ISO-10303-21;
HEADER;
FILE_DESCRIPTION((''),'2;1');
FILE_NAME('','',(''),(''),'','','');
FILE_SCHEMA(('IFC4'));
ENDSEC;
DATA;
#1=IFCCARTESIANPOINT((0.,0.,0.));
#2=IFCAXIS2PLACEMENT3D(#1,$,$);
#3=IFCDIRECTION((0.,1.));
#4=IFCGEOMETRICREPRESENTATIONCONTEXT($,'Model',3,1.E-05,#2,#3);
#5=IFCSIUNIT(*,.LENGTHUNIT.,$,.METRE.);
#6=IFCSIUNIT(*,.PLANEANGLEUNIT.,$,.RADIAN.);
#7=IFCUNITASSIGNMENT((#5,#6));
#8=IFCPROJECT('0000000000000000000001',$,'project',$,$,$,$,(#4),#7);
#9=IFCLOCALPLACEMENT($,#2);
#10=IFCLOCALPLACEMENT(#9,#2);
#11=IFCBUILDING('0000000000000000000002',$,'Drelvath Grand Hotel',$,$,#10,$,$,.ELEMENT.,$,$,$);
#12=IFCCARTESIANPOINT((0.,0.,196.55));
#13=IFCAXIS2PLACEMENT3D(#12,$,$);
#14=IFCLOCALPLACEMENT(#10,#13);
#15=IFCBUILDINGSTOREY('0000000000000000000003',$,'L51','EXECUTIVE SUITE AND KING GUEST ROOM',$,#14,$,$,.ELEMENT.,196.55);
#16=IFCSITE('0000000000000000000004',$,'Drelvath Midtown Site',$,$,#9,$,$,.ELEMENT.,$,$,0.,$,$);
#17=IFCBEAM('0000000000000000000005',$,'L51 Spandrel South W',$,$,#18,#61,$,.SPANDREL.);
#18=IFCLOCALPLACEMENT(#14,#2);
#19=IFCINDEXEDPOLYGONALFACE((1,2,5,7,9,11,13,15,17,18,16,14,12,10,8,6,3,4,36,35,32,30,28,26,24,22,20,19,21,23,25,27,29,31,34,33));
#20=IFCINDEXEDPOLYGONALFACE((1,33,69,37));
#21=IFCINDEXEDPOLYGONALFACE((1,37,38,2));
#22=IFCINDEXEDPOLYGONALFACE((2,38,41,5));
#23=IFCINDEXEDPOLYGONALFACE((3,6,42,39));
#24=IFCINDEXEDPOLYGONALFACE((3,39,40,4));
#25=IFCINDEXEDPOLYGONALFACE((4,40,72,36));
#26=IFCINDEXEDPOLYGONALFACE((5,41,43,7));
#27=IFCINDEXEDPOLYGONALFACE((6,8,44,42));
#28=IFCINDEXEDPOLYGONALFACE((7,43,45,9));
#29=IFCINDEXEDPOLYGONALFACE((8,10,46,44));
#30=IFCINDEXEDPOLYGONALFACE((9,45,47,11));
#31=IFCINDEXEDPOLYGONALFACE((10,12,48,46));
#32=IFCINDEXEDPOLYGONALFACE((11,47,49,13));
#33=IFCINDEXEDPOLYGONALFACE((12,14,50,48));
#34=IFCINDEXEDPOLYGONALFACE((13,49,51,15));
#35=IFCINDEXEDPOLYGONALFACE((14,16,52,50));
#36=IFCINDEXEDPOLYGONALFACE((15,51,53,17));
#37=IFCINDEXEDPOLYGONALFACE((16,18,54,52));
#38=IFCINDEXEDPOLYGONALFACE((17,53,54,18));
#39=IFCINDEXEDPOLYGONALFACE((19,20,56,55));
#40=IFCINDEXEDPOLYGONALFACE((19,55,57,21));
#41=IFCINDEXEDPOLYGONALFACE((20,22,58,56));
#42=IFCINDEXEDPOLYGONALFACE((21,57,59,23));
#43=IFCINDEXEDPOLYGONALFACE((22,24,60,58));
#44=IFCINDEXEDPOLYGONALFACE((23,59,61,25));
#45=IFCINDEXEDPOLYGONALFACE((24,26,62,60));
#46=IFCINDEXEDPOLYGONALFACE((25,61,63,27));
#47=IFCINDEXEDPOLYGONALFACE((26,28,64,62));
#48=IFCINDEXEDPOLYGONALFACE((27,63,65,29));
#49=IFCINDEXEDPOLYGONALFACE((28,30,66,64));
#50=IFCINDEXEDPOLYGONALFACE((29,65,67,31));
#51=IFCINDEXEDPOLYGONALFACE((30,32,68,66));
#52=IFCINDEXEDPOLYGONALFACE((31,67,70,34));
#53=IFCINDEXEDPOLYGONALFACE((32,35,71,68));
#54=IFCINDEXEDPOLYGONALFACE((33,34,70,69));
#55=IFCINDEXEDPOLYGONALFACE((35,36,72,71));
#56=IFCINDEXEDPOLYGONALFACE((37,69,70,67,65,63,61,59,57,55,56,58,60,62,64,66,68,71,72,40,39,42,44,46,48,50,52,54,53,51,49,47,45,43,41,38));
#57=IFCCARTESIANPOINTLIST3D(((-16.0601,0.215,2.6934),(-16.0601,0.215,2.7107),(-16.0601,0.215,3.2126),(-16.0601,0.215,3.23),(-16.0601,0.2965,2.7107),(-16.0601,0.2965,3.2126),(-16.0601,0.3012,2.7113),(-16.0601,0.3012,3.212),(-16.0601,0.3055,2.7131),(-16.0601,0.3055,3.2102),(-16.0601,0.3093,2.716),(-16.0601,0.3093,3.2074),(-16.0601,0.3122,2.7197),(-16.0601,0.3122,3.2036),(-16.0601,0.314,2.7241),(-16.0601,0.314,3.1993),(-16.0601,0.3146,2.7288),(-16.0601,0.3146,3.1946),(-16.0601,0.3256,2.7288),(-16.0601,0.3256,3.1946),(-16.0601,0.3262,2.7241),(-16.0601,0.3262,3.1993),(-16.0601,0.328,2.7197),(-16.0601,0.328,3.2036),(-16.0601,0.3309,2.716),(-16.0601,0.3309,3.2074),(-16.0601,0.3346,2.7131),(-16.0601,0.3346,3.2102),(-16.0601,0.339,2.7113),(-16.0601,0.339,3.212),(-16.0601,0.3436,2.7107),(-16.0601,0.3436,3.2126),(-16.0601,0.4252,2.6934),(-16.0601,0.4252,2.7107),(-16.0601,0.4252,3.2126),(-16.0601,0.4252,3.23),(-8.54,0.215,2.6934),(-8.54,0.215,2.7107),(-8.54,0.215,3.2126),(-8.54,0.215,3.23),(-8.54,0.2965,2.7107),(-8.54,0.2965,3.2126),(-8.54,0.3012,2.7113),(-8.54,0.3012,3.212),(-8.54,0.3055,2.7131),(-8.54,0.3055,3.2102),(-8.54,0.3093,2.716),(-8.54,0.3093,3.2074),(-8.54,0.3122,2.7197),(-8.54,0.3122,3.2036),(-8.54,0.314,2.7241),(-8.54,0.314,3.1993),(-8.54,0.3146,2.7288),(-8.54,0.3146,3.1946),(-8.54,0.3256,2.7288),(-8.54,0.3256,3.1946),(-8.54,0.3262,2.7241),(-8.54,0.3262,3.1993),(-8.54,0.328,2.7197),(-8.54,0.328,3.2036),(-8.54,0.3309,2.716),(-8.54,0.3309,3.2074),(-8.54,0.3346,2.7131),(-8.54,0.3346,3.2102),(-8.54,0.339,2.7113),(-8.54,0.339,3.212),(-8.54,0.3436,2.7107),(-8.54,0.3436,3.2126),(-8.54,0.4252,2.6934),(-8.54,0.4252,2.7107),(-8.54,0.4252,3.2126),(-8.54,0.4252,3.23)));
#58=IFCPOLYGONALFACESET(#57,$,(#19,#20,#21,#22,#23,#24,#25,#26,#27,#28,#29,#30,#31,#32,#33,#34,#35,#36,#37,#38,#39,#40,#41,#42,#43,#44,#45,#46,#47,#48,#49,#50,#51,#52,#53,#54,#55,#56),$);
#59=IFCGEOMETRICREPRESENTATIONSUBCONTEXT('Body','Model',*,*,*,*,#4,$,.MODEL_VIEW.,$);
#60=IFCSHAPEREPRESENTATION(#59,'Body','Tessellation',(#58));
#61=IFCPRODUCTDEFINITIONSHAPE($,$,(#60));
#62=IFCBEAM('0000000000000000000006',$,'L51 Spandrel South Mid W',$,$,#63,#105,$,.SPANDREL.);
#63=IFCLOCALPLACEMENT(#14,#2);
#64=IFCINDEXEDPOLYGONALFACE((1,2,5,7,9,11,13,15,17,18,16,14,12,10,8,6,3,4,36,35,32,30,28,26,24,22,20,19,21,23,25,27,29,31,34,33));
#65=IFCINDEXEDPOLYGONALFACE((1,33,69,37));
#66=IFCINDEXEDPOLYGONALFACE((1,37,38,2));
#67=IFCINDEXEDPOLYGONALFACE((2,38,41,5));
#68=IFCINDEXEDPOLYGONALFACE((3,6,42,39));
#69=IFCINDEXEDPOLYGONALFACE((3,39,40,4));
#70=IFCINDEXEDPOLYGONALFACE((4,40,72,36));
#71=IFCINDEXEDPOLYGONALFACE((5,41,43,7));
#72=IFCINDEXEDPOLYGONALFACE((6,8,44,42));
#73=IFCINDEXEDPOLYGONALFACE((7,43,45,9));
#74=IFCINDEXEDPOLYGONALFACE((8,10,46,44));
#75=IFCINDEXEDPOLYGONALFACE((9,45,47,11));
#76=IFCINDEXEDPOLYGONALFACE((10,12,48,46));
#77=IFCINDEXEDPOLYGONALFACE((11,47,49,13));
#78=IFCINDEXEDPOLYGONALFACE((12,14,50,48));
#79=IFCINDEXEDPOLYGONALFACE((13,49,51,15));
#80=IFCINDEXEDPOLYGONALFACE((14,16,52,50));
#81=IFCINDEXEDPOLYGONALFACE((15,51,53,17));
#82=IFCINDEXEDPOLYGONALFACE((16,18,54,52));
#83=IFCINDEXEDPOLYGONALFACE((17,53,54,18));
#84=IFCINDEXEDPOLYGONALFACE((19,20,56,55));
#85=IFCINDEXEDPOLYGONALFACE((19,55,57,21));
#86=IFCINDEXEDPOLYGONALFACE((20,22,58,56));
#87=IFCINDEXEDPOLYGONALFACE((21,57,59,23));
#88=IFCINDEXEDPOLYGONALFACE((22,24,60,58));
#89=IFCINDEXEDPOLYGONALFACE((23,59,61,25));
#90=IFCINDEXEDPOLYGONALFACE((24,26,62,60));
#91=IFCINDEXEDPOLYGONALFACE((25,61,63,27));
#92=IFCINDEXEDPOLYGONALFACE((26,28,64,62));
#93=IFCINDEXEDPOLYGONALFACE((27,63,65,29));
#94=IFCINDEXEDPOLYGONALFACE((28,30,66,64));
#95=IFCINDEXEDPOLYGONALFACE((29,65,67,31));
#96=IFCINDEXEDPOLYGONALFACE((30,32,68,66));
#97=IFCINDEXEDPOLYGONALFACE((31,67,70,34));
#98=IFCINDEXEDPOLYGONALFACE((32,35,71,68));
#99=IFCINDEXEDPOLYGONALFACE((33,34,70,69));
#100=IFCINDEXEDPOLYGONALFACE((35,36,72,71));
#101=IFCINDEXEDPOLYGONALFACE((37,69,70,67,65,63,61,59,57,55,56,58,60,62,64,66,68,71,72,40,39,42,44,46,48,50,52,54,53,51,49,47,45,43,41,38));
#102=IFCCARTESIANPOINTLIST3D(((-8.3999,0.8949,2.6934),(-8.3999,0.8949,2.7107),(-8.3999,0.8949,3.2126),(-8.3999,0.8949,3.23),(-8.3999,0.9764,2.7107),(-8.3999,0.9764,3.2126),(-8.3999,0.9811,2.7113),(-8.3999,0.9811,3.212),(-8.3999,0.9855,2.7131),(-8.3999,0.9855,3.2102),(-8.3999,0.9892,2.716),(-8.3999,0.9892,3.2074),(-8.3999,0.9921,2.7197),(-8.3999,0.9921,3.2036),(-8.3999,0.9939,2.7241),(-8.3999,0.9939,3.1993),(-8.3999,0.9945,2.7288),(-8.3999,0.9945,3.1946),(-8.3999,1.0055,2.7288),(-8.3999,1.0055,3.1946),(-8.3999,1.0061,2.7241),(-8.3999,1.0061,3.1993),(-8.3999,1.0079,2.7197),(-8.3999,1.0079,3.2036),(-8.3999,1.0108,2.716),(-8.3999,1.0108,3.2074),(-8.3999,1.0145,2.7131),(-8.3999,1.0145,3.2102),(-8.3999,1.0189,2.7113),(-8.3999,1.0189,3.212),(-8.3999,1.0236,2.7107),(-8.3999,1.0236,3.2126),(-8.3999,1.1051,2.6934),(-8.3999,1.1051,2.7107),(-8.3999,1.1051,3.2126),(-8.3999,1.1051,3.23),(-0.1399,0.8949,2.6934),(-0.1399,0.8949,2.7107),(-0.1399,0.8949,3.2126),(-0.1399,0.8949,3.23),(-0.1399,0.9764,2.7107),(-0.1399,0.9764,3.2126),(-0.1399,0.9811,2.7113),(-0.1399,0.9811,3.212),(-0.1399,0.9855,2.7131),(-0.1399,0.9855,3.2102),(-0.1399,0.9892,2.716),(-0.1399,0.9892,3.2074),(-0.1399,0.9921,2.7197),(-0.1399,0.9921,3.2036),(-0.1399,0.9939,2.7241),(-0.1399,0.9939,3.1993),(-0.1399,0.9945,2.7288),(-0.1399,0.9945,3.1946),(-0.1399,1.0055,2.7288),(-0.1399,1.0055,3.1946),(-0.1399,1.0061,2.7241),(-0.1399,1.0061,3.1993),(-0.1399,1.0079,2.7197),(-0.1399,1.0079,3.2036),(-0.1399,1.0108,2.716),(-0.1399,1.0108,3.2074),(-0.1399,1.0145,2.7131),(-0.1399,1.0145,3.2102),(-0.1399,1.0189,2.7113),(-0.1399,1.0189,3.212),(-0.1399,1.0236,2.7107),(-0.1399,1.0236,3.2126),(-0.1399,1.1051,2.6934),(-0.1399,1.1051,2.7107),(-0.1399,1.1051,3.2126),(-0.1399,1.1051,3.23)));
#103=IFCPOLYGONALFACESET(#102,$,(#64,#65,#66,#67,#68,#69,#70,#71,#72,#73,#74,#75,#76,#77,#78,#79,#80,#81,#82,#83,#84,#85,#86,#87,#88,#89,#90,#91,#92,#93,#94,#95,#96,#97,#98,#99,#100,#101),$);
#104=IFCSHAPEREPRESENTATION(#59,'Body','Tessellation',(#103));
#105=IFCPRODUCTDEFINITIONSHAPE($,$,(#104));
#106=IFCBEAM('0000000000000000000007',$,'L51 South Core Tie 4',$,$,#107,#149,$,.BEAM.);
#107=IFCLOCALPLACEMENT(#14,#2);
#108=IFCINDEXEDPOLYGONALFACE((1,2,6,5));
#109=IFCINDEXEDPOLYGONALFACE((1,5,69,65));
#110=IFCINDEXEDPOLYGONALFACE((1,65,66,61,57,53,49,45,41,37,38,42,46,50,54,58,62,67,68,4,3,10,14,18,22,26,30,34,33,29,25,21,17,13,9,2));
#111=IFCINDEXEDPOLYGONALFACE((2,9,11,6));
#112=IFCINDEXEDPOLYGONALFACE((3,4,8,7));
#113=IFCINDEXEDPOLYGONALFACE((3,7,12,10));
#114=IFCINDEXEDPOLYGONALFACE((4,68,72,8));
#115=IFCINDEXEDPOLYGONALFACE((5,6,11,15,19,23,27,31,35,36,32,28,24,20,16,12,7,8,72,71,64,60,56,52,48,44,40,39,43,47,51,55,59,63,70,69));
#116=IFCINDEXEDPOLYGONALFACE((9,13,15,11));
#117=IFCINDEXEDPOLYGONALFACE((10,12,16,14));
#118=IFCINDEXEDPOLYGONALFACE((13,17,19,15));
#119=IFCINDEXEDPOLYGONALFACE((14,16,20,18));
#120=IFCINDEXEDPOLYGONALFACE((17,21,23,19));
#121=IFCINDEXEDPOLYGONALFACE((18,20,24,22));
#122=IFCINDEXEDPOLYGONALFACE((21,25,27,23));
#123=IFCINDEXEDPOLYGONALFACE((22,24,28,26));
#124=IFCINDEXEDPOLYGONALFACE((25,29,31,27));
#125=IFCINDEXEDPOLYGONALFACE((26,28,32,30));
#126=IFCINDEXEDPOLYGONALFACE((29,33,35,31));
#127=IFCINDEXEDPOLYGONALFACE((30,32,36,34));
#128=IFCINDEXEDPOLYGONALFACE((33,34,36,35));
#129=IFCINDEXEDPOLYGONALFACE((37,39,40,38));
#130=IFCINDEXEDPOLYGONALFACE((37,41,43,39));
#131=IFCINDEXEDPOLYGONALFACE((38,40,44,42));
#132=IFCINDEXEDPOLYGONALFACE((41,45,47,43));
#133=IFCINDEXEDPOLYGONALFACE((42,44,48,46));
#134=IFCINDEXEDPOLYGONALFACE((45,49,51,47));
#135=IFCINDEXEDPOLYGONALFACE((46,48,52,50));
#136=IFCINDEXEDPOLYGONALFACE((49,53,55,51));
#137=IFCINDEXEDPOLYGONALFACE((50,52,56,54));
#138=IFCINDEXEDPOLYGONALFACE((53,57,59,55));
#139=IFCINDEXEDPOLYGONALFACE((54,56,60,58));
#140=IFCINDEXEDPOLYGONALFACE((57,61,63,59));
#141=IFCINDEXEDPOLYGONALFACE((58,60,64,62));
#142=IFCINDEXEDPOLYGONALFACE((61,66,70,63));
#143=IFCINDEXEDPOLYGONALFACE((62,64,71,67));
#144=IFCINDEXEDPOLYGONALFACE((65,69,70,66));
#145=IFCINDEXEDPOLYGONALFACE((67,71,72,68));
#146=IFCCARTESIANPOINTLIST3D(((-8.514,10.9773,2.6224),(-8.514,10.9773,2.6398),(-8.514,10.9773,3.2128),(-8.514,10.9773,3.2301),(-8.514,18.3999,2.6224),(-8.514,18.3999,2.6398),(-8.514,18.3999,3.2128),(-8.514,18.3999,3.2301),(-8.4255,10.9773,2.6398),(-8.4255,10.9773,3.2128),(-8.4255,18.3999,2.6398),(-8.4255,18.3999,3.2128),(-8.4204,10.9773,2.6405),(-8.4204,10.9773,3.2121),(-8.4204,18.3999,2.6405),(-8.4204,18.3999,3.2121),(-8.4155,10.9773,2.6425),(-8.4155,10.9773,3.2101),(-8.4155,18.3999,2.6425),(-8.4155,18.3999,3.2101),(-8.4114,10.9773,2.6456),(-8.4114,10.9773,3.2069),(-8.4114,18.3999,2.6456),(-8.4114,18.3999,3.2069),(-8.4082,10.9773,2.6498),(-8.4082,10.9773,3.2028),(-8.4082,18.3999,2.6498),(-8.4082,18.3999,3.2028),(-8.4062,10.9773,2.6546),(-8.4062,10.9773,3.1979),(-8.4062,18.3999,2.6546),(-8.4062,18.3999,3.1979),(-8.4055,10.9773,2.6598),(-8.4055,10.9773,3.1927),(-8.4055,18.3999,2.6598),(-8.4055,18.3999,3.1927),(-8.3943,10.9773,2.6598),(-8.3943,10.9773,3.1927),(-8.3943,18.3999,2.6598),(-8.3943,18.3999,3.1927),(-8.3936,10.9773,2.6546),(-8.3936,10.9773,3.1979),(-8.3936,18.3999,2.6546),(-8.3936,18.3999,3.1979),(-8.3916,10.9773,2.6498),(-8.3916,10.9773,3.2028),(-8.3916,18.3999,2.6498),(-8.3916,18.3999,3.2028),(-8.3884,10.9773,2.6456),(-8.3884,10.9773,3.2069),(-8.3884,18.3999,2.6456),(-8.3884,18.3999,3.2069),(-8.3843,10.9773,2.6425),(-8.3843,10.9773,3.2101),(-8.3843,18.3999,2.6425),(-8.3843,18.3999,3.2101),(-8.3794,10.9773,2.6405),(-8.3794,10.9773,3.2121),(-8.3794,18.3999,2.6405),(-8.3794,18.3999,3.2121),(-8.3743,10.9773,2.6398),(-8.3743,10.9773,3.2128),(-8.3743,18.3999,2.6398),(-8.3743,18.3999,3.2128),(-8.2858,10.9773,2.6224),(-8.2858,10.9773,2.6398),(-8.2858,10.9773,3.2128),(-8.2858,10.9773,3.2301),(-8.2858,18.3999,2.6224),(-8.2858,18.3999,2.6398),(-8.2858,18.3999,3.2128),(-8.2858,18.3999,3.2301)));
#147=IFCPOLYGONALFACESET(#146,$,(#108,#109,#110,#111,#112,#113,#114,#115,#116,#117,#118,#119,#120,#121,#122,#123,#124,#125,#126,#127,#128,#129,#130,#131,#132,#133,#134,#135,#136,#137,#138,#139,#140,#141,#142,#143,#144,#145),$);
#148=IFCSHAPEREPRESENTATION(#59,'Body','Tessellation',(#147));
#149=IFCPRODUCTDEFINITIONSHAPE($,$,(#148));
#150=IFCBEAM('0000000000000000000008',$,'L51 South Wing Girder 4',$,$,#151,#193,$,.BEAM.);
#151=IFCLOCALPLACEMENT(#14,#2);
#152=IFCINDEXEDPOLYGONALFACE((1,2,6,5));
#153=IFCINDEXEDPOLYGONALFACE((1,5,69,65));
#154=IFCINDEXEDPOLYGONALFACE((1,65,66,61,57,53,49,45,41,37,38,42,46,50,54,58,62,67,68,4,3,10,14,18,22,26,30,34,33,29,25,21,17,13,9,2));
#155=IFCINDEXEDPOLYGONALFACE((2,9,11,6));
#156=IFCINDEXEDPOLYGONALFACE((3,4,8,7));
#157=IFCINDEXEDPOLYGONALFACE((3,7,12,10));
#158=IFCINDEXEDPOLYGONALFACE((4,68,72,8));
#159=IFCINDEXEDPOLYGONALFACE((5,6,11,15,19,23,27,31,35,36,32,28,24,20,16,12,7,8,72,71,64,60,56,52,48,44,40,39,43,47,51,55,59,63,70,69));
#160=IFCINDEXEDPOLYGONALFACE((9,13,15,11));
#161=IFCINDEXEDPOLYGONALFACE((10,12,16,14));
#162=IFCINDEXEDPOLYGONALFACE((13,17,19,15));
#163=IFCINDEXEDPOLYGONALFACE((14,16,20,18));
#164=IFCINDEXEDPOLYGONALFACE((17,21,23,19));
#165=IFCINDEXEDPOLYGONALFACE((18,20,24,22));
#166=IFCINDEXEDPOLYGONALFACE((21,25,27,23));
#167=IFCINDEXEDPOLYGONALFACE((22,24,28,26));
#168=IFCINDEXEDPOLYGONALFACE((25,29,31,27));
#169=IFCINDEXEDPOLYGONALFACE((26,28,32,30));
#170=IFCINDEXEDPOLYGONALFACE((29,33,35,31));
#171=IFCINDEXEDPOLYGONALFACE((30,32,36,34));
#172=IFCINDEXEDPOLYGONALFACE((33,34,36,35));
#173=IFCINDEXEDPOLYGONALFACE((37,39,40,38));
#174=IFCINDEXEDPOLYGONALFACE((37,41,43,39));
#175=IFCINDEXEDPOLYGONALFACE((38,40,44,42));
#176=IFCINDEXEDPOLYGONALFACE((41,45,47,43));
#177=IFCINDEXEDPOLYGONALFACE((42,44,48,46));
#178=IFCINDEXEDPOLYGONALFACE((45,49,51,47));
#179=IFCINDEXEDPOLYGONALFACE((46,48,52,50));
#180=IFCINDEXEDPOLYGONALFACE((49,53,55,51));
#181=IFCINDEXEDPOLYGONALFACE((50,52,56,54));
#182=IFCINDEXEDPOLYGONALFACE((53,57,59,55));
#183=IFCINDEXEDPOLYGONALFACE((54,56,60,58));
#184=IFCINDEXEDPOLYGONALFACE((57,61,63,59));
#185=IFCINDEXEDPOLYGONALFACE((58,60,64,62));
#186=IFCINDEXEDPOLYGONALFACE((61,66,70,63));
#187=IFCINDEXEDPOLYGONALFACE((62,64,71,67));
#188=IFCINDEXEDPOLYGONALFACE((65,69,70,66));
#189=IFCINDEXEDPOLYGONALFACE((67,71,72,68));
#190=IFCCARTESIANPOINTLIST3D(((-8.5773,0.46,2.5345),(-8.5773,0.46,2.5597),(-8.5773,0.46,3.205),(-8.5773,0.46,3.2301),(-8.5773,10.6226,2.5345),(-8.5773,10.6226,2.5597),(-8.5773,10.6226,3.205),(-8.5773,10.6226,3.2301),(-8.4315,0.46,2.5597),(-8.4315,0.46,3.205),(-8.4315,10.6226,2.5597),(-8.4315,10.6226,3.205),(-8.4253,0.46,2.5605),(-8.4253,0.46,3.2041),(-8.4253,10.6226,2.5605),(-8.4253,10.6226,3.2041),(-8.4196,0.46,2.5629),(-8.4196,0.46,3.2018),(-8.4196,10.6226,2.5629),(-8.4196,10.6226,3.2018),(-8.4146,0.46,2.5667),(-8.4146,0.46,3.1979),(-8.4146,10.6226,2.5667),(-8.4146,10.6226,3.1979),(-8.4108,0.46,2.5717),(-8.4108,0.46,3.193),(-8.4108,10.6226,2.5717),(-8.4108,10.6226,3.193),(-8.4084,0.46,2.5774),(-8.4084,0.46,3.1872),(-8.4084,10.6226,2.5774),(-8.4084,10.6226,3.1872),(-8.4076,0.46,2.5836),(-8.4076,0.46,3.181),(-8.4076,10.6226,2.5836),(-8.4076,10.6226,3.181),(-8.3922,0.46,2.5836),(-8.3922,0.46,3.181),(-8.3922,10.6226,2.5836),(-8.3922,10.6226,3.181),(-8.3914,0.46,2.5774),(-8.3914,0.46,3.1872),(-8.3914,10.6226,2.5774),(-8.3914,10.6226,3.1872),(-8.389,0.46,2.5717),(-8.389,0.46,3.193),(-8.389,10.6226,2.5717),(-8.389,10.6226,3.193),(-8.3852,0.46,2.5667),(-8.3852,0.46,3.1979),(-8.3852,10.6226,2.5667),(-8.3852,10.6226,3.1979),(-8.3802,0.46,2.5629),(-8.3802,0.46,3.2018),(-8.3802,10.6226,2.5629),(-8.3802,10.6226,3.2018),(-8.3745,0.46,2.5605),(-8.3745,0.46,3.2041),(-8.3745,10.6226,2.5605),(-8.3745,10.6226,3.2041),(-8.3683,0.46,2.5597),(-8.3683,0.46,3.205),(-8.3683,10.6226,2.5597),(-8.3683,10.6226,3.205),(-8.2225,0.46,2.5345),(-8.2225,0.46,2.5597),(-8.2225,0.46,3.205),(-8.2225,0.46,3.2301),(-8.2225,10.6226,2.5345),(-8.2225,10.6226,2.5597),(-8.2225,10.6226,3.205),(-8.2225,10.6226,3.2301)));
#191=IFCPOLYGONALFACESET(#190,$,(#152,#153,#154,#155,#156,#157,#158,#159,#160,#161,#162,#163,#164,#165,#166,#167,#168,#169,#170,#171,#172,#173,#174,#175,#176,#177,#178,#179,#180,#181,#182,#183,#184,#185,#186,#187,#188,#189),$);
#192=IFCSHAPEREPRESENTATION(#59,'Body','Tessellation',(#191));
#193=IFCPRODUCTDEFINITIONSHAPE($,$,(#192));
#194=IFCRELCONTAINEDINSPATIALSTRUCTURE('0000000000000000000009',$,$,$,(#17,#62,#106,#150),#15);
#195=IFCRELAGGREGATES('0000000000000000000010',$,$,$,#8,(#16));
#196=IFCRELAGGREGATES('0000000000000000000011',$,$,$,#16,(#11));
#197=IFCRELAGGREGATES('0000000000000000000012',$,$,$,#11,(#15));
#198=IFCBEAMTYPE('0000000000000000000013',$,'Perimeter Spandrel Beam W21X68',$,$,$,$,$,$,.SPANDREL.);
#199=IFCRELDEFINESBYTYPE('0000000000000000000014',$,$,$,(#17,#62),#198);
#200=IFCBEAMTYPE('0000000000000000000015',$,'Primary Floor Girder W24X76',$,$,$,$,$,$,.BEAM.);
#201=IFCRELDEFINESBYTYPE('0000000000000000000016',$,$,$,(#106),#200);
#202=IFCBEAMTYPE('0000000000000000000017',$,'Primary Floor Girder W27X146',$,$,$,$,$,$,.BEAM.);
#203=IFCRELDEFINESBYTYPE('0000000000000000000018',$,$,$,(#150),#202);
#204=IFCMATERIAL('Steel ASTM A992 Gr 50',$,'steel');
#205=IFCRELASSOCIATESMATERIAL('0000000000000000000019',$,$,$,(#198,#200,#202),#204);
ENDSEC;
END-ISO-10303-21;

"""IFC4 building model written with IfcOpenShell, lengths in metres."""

from ifc_helpers import new_model, si_unit, direction, frame, origin, origin_2d, place, context, subcontext, project, spatial, i_section, extrude, material, material_profile, profile_set, type_object, element, save


model = new_model("IFC4")

# Units and contexts
model_context = context("Model", 3, precision=1e-05, world=origin(), true_north=direction((0.0, 1.0)))
body_context = subcontext(model_context, "Body", "Model", "MODEL_VIEW")
ifc_project = project(units=[si_unit("LENGTHUNIT", "METRE"), si_unit("PLANEANGLEUNIT", "RADIAN")], contexts=[model_context])

# Site, building, storey
site_placement = place(None, origin())
site = spatial("IfcSite", under=ifc_project, at=site_placement, Name="Drelvath Midtown Site", CompositionType="ELEMENT", RefElevation=0.0)
building_placement = place(site_placement, origin())
building = spatial("IfcBuilding", under=site, at=building_placement, Name="Drelvath Grand Hotel", CompositionType="ELEMENT")
storey_placement = place(building_placement, frame((0.0, 0.0, 196.55)))
storey = spatial("IfcBuildingStorey", under=building, at=storey_placement, Name="L51", Description="EXECUTIVE SUITE AND KING GUEST ROOM", CompositionType="ELEMENT", Elevation=196.55)

# Shared definitions
ifc_material_1 = material(Name="Steel ASTM A992 Gr 50", Category="steel")

# Beams
ifc_material_profile_1 = material_profile(ifc_material_1, i_section(OverallWidth=0.2102, OverallDepth=0.5366, WebThickness=0.011, FlangeThickness=0.0173, FilletRadius=0.0181, at=origin_2d()), Name="W21X68")
ifc_profile_set_1 = profile_set([ifc_material_profile_1], Name="Steel ASTM A992 Gr 50")
beam_type_1 = type_object("IfcBeamType", Name="Perimeter Spandrel Beam W21X68", PredefinedType="SPANDREL", material=ifc_profile_set_1)
beam_1_placement = place(storey_placement, frame((-16.0601, 0.3201, 2.9617), z_axis=(1.0, 0.0, 0.0), x_axis=(0.0, 1.0, 0.0)))
element("IfcBeam", 1, at=beam_1_placement, inside=storey, type_object=beam_type_1, Name="L51 Spandrel South W", PredefinedType="SPANDREL", context=body_context, shape_type="SweptSolid", body=[
    extrude(i_section(OverallWidth=0.2102, OverallDepth=0.5366, WebThickness=0.011, FlangeThickness=0.0173, FilletRadius=0.0181, at=origin_2d()), origin(), (0.0, 0.0, 1.0), 7.52),
])
beam_2_placement = place(storey_placement, frame((-8.3999, 1.0, 2.9617), z_axis=(1.0, 0.0, 0.0), x_axis=(0.0, 1.0, 0.0)))
element("IfcBeam", 2, at=beam_2_placement, inside=storey, type_object=beam_type_1, Name="L51 Spandrel South Mid W", PredefinedType="SPANDREL", context=body_context, shape_type="SweptSolid", body=[
    extrude(i_section(OverallWidth=0.2102, OverallDepth=0.5366, WebThickness=0.011, FlangeThickness=0.0173, FilletRadius=0.0181, at=origin_2d()), origin(), (0.0, 0.0, 1.0), 8.26),
])
ifc_material_profile_2 = material_profile(ifc_material_1, i_section(OverallWidth=0.2283, OverallDepth=0.6077, WebThickness=0.0112, FlangeThickness=0.0173, FilletRadius=0.02, at=origin_2d()), Name="W24X76")
ifc_profile_set_2 = profile_set([ifc_material_profile_2], Name="Steel ASTM A992 Gr 50")
beam_type_2 = type_object("IfcBeamType", Name="Primary Floor Girder W24X76", PredefinedType="BEAM", material=ifc_profile_set_2)
beam_3_placement = place(storey_placement, frame((-8.3999, 10.9773, 2.9263), z_axis=(0.0, 1.0, 0.0), x_axis=(-1.0, 0.0, 0.0)))
element("IfcBeam", 3, at=beam_3_placement, inside=storey, type_object=beam_type_2, Name="L51 South Core Tie 4", PredefinedType="BEAM", context=body_context, shape_type="SweptSolid", body=[
    extrude(i_section(OverallWidth=0.2283, OverallDepth=0.6077, WebThickness=0.0112, FlangeThickness=0.0173, FilletRadius=0.02, at=origin_2d()), origin(), (0.0, 0.0, 1.0), 7.4226),
])
ifc_material_profile_3 = material_profile(ifc_material_1, i_section(OverallWidth=0.3547, OverallDepth=0.6956, WebThickness=0.0154, FlangeThickness=0.0251, FilletRadius=0.0239, at=origin_2d()), Name="W27X146")
ifc_profile_set_3 = profile_set([ifc_material_profile_3], Name="Steel ASTM A992 Gr 50")
beam_type_3 = type_object("IfcBeamType", Name="Primary Floor Girder W27X146", PredefinedType="BEAM", material=ifc_profile_set_3)
beam_4_placement = place(storey_placement, frame((-8.3999, 0.46, 2.8823), z_axis=(0.0, 1.0, 0.0), x_axis=(-1.0, 0.0, 0.0)))
element("IfcBeam", 4, at=beam_4_placement, inside=storey, type_object=beam_type_3, Name="L51 South Wing Girder 4", PredefinedType="BEAM", context=body_context, shape_type="SweptSolid", body=[
    extrude(i_section(OverallWidth=0.3547, OverallDepth=0.6956, WebThickness=0.0154, FlangeThickness=0.0251, FilletRadius=0.0239, at=origin_2d()), origin(), (0.0, 0.0, 1.0), 10.1626),
])

save(model, "model.ifc")
